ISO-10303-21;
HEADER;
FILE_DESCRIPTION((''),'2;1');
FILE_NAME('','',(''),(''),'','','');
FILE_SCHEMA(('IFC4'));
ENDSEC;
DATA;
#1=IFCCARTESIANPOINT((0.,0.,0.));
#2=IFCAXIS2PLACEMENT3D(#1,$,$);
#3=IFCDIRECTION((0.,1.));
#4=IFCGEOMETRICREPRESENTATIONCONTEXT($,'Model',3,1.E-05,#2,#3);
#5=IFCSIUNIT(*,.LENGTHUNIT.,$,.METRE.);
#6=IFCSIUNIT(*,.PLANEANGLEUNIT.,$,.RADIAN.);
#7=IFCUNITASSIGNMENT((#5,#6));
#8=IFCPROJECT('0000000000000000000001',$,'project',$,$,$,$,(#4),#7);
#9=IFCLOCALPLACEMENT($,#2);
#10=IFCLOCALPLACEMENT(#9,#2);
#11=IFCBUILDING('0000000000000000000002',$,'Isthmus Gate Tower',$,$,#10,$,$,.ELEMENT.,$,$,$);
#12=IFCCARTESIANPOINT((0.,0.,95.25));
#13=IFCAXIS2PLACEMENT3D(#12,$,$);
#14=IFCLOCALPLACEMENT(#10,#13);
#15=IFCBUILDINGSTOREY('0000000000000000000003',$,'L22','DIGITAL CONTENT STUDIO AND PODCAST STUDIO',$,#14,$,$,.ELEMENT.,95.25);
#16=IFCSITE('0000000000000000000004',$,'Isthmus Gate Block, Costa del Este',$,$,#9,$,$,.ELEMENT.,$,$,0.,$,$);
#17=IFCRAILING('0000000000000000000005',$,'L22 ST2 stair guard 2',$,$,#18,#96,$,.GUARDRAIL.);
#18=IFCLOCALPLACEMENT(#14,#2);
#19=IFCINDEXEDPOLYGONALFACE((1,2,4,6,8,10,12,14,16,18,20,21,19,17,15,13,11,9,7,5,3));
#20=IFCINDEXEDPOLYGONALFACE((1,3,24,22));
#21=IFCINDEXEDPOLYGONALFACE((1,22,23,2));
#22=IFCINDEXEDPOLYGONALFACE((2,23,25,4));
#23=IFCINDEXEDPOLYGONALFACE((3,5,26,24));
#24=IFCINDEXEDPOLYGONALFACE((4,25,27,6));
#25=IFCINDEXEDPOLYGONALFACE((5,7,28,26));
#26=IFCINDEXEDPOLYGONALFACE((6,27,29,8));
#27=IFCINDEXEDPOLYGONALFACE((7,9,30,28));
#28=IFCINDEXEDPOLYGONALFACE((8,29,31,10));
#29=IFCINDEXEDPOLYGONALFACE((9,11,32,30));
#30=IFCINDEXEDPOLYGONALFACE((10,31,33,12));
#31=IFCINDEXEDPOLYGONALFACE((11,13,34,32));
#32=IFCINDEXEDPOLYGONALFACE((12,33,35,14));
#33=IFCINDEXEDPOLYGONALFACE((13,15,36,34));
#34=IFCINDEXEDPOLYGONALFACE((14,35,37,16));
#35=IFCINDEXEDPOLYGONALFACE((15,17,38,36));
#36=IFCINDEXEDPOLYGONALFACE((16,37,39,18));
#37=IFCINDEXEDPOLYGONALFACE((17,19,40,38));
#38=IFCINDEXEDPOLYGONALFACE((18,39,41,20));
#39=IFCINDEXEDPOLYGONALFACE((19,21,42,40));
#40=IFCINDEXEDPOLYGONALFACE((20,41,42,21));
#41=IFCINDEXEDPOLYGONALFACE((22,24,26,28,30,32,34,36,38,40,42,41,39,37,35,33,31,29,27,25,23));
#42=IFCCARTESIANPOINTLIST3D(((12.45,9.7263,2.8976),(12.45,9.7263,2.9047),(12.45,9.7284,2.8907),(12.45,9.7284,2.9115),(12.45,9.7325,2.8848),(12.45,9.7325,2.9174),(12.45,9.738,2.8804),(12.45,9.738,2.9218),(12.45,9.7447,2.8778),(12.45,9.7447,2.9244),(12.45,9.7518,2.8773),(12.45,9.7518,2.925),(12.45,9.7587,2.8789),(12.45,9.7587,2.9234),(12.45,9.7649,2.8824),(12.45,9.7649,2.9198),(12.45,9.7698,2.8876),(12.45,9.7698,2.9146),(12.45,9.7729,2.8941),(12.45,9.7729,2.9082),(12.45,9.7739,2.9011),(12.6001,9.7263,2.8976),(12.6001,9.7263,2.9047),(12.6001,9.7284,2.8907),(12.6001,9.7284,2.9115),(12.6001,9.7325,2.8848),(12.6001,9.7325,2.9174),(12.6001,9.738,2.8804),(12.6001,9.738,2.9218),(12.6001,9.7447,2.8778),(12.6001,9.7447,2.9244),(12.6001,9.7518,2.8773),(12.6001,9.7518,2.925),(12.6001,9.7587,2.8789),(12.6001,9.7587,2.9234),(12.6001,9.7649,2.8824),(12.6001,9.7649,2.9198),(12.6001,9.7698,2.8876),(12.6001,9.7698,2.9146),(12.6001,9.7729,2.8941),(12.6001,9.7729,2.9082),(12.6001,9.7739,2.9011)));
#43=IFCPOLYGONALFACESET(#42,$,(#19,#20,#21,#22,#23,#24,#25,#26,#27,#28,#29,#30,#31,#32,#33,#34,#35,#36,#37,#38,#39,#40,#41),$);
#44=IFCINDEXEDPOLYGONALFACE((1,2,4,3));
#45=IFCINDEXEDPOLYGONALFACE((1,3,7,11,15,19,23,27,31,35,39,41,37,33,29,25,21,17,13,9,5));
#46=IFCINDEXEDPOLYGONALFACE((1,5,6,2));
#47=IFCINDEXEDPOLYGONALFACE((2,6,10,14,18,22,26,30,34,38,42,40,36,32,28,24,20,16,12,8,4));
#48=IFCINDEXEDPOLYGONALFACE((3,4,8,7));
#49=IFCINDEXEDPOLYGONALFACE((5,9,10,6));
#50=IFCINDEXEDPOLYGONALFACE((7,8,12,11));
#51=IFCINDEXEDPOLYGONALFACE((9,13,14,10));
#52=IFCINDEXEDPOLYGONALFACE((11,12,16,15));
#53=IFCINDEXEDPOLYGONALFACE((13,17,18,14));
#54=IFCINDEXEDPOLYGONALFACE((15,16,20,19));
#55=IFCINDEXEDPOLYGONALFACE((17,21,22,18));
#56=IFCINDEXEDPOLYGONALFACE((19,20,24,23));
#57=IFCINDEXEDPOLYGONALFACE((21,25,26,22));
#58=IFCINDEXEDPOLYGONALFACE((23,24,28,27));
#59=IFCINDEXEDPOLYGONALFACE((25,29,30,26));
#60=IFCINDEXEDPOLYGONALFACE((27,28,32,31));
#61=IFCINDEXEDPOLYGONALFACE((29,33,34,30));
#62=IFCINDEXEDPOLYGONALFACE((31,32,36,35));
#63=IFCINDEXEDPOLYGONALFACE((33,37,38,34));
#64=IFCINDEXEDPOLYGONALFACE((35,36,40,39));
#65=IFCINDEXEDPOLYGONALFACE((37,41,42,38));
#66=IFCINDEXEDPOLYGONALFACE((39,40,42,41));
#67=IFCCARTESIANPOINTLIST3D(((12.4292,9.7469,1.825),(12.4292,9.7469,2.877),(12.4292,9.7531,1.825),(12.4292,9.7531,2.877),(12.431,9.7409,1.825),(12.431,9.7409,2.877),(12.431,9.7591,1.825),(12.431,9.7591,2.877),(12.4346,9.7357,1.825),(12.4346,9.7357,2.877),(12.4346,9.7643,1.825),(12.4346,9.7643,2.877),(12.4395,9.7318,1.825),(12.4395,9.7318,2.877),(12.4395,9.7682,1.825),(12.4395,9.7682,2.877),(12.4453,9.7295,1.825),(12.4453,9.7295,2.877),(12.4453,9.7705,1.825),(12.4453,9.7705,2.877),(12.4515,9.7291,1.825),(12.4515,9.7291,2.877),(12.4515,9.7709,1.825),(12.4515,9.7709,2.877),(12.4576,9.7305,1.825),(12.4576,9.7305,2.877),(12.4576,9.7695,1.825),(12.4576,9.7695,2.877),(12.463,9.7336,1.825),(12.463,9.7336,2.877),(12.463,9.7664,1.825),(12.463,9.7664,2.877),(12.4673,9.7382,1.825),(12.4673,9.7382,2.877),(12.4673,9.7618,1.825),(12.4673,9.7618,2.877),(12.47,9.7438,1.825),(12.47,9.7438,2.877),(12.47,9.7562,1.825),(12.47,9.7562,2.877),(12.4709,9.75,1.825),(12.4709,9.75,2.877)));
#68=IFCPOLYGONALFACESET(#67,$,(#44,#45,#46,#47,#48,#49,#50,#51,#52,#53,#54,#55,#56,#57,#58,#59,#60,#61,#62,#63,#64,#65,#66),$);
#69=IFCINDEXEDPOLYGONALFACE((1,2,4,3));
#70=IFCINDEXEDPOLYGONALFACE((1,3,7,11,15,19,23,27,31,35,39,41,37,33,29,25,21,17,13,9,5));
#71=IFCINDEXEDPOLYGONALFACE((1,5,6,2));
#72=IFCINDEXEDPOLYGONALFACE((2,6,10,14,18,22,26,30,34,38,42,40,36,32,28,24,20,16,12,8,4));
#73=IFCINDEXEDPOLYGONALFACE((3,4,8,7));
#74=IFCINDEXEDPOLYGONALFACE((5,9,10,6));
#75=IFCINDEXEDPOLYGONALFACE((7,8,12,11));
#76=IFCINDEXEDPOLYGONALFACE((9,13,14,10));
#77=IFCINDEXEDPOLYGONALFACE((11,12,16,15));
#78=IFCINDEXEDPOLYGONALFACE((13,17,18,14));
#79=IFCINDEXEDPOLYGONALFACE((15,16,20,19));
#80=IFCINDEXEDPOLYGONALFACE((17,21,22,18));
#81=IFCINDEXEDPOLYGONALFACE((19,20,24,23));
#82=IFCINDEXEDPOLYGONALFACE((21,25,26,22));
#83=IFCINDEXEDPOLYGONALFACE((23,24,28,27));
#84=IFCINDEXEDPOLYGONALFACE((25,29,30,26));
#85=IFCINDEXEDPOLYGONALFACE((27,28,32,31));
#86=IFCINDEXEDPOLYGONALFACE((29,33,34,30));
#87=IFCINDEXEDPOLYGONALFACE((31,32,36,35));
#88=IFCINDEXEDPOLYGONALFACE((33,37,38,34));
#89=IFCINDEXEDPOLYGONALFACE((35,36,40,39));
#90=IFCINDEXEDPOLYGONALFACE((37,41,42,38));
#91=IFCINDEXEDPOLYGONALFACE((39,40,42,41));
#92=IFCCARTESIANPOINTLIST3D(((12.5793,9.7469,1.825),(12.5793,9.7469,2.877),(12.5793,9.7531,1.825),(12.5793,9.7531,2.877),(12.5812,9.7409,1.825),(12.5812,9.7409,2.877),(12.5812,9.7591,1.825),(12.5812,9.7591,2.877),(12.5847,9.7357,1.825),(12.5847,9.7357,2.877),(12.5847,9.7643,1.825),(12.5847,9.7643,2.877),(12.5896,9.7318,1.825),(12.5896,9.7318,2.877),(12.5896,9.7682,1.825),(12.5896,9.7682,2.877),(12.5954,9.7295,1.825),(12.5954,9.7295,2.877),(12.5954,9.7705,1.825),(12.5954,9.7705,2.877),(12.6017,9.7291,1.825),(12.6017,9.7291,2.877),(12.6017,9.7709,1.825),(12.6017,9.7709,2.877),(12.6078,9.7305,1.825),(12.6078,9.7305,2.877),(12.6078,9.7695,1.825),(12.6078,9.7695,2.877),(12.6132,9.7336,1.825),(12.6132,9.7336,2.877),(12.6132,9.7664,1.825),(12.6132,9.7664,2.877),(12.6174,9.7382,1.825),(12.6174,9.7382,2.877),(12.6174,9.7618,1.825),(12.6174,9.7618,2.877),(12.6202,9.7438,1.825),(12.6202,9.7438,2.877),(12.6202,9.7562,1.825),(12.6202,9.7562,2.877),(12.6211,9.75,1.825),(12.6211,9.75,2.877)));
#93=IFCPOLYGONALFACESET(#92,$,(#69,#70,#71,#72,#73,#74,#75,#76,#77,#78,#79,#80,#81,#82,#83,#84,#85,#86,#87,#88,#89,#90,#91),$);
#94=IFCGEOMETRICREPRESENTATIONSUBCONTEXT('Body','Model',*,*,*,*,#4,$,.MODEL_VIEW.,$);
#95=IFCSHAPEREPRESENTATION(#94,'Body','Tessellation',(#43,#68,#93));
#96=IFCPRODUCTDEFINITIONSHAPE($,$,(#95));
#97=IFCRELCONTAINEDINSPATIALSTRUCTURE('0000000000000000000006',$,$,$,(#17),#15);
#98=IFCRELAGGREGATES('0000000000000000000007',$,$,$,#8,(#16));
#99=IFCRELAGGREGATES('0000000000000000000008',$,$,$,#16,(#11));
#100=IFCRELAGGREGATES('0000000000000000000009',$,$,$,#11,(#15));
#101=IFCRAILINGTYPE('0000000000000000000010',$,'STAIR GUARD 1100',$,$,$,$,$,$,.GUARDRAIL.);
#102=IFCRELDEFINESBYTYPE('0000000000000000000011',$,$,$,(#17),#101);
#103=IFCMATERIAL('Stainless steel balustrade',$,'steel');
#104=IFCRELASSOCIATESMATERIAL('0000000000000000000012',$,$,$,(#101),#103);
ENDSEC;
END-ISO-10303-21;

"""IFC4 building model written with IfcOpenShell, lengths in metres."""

from ifc_helpers import new_model, si_unit, direction, frame, origin, origin_2d, place, context, subcontext, project, spatial, circle, extrude, material, type_object, element, save


model = new_model("IFC4")

# Units and contexts
model_context = context("Model", 3, precision=1e-05, world=origin(), true_north=direction((0.0, 1.0)))
body_context = subcontext(model_context, "Body", "Model", "MODEL_VIEW")
ifc_project = project(units=[si_unit("LENGTHUNIT", "METRE"), si_unit("PLANEANGLEUNIT", "RADIAN")], contexts=[model_context])

# Site, building, storey
site_placement = place(None, origin())
site = spatial("IfcSite", under=ifc_project, at=site_placement, Name="Isthmus Gate Block, Costa del Este", CompositionType="ELEMENT", RefElevation=0.0)
building_placement = place(site_placement, origin())
building = spatial("IfcBuilding", under=site, at=building_placement, Name="Isthmus Gate Tower", CompositionType="ELEMENT")
storey_placement = place(building_placement, frame((0.0, 0.0, 95.25)))
storey = spatial("IfcBuildingStorey", under=building, at=storey_placement, Name="L22", Description="DIGITAL CONTENT STUDIO AND PODCAST STUDIO", CompositionType="ELEMENT", Elevation=95.25)

# Railing
ifc_material_1 = material(Name="Stainless steel balustrade", Category="steel")
railing_type_1 = type_object("IfcRailingType", Name="STAIR GUARD 1100", PredefinedType="GUARDRAIL", material=ifc_material_1)
railing_1_placement = place(storey_placement, frame((12.45, 9.75, 1.825)))
element("IfcRailing", 1, at=railing_1_placement, inside=storey, type_object=railing_type_1, Name="L22 ST2 stair guard 2", PredefinedType="GUARDRAIL", context=body_context, shape_type="SweptSolid", body=[
    extrude(circle(Radius=0.0239, at=origin_2d()), frame((0.0, 0.0, 1.0762), z_axis=(1.0, 0.0, 0.0), x_axis=(0.0, 1.0, 0.0)), (0.0, 0.0, 1.0), 0.1501),
    extrude(circle(Radius=0.021, at=origin_2d()), origin(), (0.0, 0.0, 1.0), 1.052),
    extrude(circle(Radius=0.021, at=origin_2d()), frame((0.1501, 0.0, 0.0)), (0.0, 0.0, 1.0), 1.052),
])

save(model, "model.ifc")
